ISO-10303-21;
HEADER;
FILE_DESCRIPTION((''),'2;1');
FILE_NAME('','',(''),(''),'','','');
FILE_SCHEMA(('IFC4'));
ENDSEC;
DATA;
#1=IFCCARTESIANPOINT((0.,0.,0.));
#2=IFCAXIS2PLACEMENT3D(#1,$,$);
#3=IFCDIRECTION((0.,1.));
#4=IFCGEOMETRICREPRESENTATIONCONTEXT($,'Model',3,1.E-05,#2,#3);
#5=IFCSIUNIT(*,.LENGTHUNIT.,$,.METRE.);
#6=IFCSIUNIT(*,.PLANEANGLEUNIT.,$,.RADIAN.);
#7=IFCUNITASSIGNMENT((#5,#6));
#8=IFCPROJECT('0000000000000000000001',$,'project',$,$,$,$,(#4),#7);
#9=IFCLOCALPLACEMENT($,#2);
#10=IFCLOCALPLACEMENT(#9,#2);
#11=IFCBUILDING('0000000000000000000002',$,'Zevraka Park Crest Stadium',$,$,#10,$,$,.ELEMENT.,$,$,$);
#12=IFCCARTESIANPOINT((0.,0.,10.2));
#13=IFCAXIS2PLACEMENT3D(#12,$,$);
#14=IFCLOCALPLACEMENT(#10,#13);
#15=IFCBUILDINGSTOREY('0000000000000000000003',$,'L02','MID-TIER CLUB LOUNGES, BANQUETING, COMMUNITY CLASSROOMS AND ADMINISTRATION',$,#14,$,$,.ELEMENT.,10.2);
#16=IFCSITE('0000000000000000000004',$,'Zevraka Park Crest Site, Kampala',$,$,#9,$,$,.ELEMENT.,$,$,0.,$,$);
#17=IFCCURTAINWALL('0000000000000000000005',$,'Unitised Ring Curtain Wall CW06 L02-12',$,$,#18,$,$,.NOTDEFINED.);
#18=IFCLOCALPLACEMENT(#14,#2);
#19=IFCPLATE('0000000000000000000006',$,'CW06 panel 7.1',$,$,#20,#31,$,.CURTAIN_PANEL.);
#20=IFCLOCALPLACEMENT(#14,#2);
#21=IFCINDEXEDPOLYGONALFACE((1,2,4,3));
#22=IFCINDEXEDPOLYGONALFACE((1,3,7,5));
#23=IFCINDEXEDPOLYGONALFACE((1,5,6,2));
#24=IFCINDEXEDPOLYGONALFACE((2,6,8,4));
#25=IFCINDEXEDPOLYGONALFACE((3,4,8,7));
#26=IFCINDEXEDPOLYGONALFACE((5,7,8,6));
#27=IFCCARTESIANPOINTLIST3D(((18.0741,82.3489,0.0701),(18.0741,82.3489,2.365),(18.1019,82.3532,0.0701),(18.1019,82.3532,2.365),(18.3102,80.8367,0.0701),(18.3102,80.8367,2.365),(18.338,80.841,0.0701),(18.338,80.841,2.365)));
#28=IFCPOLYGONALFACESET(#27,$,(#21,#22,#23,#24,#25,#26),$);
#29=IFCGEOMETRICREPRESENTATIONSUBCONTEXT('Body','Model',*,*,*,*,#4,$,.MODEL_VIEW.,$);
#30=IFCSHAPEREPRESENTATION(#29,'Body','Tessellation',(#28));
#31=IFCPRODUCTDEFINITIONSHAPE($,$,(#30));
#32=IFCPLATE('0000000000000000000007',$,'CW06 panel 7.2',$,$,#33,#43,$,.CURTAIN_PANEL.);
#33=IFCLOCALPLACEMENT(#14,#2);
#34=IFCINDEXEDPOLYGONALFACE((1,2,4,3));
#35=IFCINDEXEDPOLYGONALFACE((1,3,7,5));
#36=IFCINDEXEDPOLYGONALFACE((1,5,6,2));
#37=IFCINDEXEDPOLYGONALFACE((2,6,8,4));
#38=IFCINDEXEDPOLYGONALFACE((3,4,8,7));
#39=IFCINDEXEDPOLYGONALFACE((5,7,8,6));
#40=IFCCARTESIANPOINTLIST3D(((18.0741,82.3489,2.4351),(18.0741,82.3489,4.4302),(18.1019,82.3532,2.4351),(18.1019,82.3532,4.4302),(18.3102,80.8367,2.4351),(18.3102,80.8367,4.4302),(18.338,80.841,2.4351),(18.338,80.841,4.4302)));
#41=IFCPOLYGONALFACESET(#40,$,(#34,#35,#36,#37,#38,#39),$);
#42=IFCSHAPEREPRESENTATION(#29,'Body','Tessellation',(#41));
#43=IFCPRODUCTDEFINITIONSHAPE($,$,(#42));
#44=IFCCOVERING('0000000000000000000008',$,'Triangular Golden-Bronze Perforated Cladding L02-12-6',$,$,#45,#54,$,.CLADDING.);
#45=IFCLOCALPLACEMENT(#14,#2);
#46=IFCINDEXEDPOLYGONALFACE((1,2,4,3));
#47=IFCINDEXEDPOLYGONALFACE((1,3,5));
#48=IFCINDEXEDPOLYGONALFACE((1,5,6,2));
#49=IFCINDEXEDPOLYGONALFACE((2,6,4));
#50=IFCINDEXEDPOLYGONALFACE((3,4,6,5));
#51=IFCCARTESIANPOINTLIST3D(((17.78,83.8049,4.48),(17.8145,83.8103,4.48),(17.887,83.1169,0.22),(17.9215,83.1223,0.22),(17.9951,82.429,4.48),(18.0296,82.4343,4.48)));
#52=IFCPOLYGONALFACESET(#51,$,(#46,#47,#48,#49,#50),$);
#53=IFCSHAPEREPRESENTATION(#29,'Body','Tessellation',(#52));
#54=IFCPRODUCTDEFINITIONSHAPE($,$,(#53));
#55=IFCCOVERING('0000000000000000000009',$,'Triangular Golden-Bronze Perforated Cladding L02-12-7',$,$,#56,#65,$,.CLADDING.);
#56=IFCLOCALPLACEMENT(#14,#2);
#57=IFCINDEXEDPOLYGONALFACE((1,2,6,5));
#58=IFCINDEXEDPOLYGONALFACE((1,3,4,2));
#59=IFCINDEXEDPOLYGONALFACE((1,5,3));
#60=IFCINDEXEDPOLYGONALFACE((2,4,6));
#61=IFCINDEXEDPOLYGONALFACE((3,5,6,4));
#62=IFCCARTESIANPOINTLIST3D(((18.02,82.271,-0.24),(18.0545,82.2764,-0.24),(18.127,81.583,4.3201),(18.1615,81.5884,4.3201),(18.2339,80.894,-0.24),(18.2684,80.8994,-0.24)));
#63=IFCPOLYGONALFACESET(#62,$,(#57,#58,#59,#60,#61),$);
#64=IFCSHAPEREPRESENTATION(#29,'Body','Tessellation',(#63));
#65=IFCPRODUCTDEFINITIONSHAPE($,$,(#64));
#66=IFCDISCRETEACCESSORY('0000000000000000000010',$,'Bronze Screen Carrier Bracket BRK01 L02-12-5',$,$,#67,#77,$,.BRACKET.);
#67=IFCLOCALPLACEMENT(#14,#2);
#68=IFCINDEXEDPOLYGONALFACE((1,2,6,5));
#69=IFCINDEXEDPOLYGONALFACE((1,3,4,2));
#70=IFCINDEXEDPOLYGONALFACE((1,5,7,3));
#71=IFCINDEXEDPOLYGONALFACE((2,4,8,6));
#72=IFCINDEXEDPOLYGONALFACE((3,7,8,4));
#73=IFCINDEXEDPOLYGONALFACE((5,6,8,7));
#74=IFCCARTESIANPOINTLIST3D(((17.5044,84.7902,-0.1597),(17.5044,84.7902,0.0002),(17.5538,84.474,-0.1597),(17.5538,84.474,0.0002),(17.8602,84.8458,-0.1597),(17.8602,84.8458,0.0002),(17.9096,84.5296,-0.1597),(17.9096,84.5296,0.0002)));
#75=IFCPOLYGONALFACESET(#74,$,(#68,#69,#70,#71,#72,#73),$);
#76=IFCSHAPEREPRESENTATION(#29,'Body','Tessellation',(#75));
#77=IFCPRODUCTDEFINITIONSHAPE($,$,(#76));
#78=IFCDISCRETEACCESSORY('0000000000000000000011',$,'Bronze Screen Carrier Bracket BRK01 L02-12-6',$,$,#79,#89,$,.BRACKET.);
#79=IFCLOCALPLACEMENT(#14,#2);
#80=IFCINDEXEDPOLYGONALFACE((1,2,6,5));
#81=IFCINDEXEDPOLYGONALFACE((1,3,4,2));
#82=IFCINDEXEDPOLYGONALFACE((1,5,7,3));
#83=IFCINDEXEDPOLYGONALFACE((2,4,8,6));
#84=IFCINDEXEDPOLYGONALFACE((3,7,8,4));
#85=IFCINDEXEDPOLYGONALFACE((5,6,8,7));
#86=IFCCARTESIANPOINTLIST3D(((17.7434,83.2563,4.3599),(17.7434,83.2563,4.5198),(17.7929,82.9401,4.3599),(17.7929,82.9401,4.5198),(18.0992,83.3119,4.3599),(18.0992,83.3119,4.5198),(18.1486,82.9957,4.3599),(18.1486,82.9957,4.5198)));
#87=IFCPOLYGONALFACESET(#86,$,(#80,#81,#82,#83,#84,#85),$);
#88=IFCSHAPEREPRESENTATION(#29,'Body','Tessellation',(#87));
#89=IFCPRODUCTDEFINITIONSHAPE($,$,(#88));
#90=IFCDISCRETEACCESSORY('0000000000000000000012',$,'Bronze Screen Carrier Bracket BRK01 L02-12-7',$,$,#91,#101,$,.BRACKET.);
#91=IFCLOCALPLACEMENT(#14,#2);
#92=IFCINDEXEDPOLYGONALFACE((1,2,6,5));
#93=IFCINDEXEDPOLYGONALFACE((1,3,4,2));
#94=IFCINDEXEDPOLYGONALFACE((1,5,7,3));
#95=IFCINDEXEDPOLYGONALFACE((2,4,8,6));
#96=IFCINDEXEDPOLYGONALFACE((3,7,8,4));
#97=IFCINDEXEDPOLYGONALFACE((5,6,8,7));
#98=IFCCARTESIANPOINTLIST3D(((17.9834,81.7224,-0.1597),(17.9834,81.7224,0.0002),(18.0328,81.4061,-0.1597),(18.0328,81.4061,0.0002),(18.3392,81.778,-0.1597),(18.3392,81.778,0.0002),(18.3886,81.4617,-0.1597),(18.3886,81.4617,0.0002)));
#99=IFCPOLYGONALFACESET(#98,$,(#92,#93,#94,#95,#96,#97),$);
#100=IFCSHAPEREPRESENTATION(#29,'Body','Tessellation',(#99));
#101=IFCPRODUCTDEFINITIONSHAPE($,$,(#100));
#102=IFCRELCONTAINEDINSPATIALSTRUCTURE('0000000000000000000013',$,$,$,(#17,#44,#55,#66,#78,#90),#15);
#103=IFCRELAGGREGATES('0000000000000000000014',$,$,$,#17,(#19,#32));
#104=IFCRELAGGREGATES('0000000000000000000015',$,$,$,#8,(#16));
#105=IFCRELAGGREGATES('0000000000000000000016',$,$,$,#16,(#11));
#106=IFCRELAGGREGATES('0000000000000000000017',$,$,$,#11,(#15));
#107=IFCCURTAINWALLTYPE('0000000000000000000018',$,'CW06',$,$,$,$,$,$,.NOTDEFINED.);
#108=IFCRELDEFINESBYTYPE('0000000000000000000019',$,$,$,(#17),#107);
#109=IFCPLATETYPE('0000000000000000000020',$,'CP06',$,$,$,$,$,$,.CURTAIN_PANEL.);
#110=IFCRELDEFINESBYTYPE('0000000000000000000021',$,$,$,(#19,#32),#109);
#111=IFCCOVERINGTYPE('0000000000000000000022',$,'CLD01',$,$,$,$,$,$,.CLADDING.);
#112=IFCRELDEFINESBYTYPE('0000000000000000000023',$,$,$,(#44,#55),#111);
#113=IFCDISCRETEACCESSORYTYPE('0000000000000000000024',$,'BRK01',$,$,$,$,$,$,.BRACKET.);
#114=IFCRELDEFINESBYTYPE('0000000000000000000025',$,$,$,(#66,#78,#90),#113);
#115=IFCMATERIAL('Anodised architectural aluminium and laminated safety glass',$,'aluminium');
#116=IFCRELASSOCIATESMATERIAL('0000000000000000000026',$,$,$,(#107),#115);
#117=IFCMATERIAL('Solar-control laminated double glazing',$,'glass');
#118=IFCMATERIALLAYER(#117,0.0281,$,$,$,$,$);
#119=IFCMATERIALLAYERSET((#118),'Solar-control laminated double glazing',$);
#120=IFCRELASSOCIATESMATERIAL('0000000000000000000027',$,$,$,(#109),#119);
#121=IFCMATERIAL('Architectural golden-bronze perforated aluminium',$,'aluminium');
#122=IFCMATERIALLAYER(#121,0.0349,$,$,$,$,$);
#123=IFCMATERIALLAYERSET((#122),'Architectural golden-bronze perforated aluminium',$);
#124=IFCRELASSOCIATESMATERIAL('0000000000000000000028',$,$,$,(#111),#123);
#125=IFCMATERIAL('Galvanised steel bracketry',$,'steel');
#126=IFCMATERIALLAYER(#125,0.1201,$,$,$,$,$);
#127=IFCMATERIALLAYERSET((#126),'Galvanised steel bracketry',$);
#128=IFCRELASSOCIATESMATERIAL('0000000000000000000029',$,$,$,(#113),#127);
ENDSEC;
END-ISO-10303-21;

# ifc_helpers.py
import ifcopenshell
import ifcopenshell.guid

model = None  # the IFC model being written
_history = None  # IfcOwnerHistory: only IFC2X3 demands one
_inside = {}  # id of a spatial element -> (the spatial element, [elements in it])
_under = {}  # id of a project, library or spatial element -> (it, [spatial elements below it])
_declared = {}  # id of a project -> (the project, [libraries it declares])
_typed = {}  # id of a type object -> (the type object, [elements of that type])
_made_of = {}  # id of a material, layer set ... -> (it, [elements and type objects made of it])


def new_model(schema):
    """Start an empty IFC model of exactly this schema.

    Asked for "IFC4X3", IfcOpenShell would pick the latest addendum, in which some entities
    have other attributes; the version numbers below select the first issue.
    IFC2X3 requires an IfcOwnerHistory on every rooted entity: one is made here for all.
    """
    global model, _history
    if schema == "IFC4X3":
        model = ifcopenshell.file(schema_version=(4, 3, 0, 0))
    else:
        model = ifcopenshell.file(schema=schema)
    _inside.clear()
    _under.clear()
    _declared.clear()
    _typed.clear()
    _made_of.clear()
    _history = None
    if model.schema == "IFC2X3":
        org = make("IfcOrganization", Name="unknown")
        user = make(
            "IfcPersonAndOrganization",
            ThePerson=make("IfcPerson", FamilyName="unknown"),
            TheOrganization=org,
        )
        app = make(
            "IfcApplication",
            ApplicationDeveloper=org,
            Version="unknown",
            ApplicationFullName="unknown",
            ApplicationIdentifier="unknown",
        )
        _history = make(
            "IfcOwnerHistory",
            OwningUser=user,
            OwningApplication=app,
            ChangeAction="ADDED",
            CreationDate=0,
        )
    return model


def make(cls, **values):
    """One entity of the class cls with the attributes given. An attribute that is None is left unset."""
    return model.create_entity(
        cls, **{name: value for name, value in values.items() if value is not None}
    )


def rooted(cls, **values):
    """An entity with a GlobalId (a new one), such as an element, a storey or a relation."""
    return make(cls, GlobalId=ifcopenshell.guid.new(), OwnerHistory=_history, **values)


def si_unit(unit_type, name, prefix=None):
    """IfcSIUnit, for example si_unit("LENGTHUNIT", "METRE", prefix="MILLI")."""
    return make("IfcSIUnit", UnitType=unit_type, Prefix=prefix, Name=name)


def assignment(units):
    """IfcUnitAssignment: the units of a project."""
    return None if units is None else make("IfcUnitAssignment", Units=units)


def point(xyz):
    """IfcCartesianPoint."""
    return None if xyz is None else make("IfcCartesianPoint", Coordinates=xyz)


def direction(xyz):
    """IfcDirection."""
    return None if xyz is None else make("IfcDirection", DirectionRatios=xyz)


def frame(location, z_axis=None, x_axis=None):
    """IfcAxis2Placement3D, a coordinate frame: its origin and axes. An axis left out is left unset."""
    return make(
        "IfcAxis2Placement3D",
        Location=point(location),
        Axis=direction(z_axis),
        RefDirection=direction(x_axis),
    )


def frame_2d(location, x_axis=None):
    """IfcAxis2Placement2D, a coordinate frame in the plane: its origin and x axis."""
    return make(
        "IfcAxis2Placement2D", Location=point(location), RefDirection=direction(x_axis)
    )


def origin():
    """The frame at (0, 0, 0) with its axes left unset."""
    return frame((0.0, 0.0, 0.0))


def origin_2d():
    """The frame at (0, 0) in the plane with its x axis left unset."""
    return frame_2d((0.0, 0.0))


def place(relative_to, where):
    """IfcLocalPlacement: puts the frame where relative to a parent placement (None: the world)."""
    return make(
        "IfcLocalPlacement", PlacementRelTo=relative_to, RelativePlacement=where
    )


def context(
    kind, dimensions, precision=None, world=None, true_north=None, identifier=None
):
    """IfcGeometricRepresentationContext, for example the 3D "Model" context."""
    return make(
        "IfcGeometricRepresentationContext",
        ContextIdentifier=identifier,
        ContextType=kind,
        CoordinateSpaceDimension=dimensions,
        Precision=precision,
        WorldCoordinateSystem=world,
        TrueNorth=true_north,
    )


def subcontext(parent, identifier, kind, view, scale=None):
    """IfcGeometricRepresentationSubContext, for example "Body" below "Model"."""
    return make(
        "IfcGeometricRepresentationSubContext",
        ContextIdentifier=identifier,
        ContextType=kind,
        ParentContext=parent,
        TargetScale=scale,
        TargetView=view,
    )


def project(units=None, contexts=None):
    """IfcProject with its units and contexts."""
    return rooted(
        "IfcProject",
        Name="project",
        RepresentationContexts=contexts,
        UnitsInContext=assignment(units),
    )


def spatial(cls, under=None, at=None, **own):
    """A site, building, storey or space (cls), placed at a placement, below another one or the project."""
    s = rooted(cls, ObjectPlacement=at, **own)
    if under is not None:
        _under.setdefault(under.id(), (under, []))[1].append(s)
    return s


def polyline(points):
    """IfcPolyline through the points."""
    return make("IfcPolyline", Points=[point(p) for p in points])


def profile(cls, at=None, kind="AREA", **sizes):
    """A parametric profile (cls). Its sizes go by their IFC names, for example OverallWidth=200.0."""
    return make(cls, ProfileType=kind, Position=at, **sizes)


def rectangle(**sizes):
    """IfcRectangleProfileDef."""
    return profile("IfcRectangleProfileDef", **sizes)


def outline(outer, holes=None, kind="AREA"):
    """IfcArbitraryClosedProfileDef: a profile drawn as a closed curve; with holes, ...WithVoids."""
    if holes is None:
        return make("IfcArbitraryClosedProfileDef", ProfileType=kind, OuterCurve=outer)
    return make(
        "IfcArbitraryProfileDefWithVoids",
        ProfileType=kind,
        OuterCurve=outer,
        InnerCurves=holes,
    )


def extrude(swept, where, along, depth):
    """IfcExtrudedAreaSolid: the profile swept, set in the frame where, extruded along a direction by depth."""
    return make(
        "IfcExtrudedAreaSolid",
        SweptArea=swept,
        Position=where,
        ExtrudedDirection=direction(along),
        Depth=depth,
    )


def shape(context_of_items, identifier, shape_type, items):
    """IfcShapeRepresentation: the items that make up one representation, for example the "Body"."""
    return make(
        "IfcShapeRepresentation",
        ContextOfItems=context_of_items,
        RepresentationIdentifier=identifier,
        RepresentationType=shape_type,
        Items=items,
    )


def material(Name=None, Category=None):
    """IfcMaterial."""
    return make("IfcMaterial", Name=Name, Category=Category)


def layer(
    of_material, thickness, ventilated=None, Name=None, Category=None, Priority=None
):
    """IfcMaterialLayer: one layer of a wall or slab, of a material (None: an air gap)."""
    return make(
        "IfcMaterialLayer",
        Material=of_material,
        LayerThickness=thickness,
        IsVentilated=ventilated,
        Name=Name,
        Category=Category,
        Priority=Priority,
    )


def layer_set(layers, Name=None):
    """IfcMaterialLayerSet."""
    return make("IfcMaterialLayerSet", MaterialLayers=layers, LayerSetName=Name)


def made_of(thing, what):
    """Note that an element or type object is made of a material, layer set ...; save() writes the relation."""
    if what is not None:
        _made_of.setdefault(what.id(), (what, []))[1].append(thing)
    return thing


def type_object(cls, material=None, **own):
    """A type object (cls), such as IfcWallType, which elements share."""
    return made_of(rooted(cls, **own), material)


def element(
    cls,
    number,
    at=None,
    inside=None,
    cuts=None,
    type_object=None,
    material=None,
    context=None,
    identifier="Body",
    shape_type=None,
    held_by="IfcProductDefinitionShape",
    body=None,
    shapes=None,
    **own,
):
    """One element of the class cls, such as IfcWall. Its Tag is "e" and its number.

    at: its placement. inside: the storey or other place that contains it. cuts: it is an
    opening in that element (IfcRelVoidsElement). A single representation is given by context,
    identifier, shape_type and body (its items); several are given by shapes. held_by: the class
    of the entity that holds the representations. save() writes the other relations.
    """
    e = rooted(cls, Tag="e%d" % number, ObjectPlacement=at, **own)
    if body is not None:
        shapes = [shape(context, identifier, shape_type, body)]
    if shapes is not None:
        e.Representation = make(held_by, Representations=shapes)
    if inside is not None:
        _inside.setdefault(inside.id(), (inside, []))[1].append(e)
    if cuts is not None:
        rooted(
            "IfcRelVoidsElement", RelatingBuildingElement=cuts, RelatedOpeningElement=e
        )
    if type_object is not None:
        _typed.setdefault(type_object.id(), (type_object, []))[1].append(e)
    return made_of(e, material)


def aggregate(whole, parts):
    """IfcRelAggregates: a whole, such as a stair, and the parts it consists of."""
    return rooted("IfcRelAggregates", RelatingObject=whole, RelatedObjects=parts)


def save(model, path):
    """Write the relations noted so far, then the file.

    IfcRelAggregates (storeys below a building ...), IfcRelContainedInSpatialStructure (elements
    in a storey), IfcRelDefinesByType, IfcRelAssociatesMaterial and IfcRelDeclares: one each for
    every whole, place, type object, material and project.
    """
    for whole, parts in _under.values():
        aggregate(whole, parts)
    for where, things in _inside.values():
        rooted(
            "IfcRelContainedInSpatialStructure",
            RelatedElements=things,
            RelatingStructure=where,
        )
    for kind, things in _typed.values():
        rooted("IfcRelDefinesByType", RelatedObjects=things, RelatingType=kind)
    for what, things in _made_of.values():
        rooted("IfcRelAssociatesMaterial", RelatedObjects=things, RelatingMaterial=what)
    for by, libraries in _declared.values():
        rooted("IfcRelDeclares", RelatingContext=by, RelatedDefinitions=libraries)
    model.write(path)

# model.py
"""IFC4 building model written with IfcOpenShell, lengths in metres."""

from ifc_helpers import new_model, si_unit, direction, frame, origin, origin_2d, place, context, subcontext, project, spatial, polyline, rectangle, outline, extrude, material, layer, layer_set, type_object, element, aggregate, save


model = new_model("IFC4")

# Units and contexts
model_context = context("Model", 3, precision=1e-05, world=origin(), true_north=direction((0.0, 1.0)))
body_context = subcontext(model_context, "Body", "Model", "MODEL_VIEW")
ifc_project = project(units=[si_unit("LENGTHUNIT", "METRE"), si_unit("PLANEANGLEUNIT", "RADIAN")], contexts=[model_context])

# Site, building, storey
site_placement = place(None, origin())
site = spatial("IfcSite", under=ifc_project, at=site_placement, Name="Zevraka Park Crest Site, Kampala", CompositionType="ELEMENT", RefElevation=0.0)
building_placement = place(site_placement, origin())
building = spatial("IfcBuilding", under=site, at=building_placement, Name="Zevraka Park Crest Stadium", CompositionType="ELEMENT")
storey_placement = place(building_placement, frame((0.0, 0.0, 10.2)))
storey = spatial("IfcBuildingStorey", under=building, at=storey_placement, Name="L02", Description="MID-TIER CLUB LOUNGES, BANQUETING, COMMUNITY CLASSROOMS AND ADMINISTRATION", CompositionType="ELEMENT", Elevation=10.2)

# Curtain wall, plates
ifc_material_1 = material(Name="Anodised architectural aluminium and laminated safety glass", Category="aluminium")
curtain_wall_type = type_object("IfcCurtainWallType", Name="CW06", PredefinedType="NOTDEFINED", material=ifc_material_1)
curtain_wall_placement = place(storey_placement, origin())
curtain_wall = element("IfcCurtainWall", 1, at=curtain_wall_placement, inside=storey, type_object=curtain_wall_type, Name="Unitised Ring Curtain Wall CW06 L02-12", PredefinedType="NOTDEFINED")
ifc_material_2 = material(Name="Solar-control laminated double glazing", Category="glass")
ifc_layer_1 = layer(ifc_material_2, 0.0281)
ifc_layer_set_1 = layer_set([ifc_layer_1], Name="Solar-control laminated double glazing")
plate_type = type_object("IfcPlateType", Name="CP06", PredefinedType="CURTAIN_PANEL", material=ifc_layer_set_1)
plate_1_placement = place(storey_placement, frame((18.2061, 81.595, 0.0701), z_axis=(0.0, 0.0, 1.0), x_axis=(0.154274, -0.988028, 0.0)))
plate_1 = element("IfcPlate", 2, at=plate_1_placement, type_object=plate_type, Name="CW06 panel 7.1", PredefinedType="CURTAIN_PANEL", context=body_context, shape_type="SweptSolid", body=[
    extrude(rectangle(XDim=1.5305, YDim=0.0281, at=origin_2d()), origin(), (0.0, 0.0, 1.0), 2.2949),
])
plate_2_placement = place(storey_placement, frame((18.2061, 81.595, 2.4351), z_axis=(0.0, 0.0, 1.0), x_axis=(0.154274, -0.988028, 0.0)))
plate_2 = element("IfcPlate", 3, at=plate_2_placement, type_object=plate_type, Name="CW06 panel 7.2", PredefinedType="CURTAIN_PANEL", context=body_context, shape_type="SweptSolid", body=[
    extrude(rectangle(XDim=1.5305, YDim=0.0281, at=origin_2d()), origin(), (0.0, 0.0, 1.0), 1.9951),
])
aggregate(curtain_wall, [plate_1, plate_2])

# Coverings
ifc_material_3 = material(Name="Architectural golden-bronze perforated aluminium", Category="aluminium")
ifc_layer_2 = layer(ifc_material_3, 0.0349)
ifc_layer_set_2 = layer_set([ifc_layer_2], Name="Architectural golden-bronze perforated aluminium")
covering_type = type_object("IfcCoveringType", Name="CLD01", PredefinedType="CLADDING", material=ifc_layer_set_2)
covering_1_placement = place(storey_placement, frame((17.9951, 82.429, 4.48), z_axis=(-0.988002, -0.154441, 0.000142), x_axis=(-0.154441, 0.988002, 0.0)))
element("IfcCovering", 4, at=covering_1_placement, inside=storey, type_object=covering_type, Name="Triangular Golden-Bronze Perforated Cladding L02-12-6", PredefinedType="CLADDING", context=body_context, shape_type="SweptSolid", body=[
    extrude(outline(polyline([(0.0, 0.0), (1.3927, 0.0), (0.6964, 4.26), (0.0, 0.0)])), origin(), (0.0, 0.0, -1.0), 0.0349),
])
covering_2_placement = place(storey_placement, frame((18.02, 82.271, -0.24), z_axis=(-0.988152, -0.153479, 0.000016), x_axis=(0.153479, -0.988152, 0.0)))
element("IfcCovering", 5, at=covering_2_placement, inside=storey, type_object=covering_type, Name="Triangular Golden-Bronze Perforated Cladding L02-12-7", PredefinedType="CLADDING", context=body_context, shape_type="SweptSolid", body=[
    extrude(outline(polyline([(0.0, 0.0), (1.3935, 0.0), (0.6962, 4.5601), (0.0, 0.0)])), origin(), (0.0, 0.0, -1.0), 0.0349),
])

# Discrete accessories
ifc_material_4 = material(Name="Galvanised steel bracketry", Category="steel")
ifc_layer_3 = layer(ifc_material_4, 0.1201)
ifc_layer_set_3 = layer_set([ifc_layer_3], Name="Galvanised steel bracketry")
discrete_accessory_type = type_object("IfcDiscreteAccessoryType", Name="BRK01", PredefinedType="BRACKET", material=ifc_layer_set_3)
for number, where, z_axis, x_axis, name in (
    (6, (17.707, 84.6599, -0.1597), (0.0, 0.0, 1.0), (0.154366, -0.988014, 0.0), "Bronze Screen Carrier Bracket BRK01 L02-12-5"),
    (7, (17.946, 83.126, 4.3599), (0.0, 0.0, 1.0), (0.154366, -0.988014, 0.0), "Bronze Screen Carrier Bracket BRK01 L02-12-6"),
    (8, (18.186, 81.592, -0.1597), (0.0, 0.0, 1.0), (0.154366, -0.988014, 0.0), "Bronze Screen Carrier Bracket BRK01 L02-12-7"),
):
    element("IfcDiscreteAccessory", number, at=place(storey_placement, frame(where, z_axis=z_axis, x_axis=x_axis)), inside=storey, type_object=discrete_accessory_type, Name=name, PredefinedType="BRACKET", context=body_context, shape_type="SweptSolid", body=[
        extrude(rectangle(XDim=0.3201, YDim=0.3601, at=origin_2d()), origin(), (0.0, 0.0, 1.0), 0.1599),
    ])

save(model, "model.ifc")
